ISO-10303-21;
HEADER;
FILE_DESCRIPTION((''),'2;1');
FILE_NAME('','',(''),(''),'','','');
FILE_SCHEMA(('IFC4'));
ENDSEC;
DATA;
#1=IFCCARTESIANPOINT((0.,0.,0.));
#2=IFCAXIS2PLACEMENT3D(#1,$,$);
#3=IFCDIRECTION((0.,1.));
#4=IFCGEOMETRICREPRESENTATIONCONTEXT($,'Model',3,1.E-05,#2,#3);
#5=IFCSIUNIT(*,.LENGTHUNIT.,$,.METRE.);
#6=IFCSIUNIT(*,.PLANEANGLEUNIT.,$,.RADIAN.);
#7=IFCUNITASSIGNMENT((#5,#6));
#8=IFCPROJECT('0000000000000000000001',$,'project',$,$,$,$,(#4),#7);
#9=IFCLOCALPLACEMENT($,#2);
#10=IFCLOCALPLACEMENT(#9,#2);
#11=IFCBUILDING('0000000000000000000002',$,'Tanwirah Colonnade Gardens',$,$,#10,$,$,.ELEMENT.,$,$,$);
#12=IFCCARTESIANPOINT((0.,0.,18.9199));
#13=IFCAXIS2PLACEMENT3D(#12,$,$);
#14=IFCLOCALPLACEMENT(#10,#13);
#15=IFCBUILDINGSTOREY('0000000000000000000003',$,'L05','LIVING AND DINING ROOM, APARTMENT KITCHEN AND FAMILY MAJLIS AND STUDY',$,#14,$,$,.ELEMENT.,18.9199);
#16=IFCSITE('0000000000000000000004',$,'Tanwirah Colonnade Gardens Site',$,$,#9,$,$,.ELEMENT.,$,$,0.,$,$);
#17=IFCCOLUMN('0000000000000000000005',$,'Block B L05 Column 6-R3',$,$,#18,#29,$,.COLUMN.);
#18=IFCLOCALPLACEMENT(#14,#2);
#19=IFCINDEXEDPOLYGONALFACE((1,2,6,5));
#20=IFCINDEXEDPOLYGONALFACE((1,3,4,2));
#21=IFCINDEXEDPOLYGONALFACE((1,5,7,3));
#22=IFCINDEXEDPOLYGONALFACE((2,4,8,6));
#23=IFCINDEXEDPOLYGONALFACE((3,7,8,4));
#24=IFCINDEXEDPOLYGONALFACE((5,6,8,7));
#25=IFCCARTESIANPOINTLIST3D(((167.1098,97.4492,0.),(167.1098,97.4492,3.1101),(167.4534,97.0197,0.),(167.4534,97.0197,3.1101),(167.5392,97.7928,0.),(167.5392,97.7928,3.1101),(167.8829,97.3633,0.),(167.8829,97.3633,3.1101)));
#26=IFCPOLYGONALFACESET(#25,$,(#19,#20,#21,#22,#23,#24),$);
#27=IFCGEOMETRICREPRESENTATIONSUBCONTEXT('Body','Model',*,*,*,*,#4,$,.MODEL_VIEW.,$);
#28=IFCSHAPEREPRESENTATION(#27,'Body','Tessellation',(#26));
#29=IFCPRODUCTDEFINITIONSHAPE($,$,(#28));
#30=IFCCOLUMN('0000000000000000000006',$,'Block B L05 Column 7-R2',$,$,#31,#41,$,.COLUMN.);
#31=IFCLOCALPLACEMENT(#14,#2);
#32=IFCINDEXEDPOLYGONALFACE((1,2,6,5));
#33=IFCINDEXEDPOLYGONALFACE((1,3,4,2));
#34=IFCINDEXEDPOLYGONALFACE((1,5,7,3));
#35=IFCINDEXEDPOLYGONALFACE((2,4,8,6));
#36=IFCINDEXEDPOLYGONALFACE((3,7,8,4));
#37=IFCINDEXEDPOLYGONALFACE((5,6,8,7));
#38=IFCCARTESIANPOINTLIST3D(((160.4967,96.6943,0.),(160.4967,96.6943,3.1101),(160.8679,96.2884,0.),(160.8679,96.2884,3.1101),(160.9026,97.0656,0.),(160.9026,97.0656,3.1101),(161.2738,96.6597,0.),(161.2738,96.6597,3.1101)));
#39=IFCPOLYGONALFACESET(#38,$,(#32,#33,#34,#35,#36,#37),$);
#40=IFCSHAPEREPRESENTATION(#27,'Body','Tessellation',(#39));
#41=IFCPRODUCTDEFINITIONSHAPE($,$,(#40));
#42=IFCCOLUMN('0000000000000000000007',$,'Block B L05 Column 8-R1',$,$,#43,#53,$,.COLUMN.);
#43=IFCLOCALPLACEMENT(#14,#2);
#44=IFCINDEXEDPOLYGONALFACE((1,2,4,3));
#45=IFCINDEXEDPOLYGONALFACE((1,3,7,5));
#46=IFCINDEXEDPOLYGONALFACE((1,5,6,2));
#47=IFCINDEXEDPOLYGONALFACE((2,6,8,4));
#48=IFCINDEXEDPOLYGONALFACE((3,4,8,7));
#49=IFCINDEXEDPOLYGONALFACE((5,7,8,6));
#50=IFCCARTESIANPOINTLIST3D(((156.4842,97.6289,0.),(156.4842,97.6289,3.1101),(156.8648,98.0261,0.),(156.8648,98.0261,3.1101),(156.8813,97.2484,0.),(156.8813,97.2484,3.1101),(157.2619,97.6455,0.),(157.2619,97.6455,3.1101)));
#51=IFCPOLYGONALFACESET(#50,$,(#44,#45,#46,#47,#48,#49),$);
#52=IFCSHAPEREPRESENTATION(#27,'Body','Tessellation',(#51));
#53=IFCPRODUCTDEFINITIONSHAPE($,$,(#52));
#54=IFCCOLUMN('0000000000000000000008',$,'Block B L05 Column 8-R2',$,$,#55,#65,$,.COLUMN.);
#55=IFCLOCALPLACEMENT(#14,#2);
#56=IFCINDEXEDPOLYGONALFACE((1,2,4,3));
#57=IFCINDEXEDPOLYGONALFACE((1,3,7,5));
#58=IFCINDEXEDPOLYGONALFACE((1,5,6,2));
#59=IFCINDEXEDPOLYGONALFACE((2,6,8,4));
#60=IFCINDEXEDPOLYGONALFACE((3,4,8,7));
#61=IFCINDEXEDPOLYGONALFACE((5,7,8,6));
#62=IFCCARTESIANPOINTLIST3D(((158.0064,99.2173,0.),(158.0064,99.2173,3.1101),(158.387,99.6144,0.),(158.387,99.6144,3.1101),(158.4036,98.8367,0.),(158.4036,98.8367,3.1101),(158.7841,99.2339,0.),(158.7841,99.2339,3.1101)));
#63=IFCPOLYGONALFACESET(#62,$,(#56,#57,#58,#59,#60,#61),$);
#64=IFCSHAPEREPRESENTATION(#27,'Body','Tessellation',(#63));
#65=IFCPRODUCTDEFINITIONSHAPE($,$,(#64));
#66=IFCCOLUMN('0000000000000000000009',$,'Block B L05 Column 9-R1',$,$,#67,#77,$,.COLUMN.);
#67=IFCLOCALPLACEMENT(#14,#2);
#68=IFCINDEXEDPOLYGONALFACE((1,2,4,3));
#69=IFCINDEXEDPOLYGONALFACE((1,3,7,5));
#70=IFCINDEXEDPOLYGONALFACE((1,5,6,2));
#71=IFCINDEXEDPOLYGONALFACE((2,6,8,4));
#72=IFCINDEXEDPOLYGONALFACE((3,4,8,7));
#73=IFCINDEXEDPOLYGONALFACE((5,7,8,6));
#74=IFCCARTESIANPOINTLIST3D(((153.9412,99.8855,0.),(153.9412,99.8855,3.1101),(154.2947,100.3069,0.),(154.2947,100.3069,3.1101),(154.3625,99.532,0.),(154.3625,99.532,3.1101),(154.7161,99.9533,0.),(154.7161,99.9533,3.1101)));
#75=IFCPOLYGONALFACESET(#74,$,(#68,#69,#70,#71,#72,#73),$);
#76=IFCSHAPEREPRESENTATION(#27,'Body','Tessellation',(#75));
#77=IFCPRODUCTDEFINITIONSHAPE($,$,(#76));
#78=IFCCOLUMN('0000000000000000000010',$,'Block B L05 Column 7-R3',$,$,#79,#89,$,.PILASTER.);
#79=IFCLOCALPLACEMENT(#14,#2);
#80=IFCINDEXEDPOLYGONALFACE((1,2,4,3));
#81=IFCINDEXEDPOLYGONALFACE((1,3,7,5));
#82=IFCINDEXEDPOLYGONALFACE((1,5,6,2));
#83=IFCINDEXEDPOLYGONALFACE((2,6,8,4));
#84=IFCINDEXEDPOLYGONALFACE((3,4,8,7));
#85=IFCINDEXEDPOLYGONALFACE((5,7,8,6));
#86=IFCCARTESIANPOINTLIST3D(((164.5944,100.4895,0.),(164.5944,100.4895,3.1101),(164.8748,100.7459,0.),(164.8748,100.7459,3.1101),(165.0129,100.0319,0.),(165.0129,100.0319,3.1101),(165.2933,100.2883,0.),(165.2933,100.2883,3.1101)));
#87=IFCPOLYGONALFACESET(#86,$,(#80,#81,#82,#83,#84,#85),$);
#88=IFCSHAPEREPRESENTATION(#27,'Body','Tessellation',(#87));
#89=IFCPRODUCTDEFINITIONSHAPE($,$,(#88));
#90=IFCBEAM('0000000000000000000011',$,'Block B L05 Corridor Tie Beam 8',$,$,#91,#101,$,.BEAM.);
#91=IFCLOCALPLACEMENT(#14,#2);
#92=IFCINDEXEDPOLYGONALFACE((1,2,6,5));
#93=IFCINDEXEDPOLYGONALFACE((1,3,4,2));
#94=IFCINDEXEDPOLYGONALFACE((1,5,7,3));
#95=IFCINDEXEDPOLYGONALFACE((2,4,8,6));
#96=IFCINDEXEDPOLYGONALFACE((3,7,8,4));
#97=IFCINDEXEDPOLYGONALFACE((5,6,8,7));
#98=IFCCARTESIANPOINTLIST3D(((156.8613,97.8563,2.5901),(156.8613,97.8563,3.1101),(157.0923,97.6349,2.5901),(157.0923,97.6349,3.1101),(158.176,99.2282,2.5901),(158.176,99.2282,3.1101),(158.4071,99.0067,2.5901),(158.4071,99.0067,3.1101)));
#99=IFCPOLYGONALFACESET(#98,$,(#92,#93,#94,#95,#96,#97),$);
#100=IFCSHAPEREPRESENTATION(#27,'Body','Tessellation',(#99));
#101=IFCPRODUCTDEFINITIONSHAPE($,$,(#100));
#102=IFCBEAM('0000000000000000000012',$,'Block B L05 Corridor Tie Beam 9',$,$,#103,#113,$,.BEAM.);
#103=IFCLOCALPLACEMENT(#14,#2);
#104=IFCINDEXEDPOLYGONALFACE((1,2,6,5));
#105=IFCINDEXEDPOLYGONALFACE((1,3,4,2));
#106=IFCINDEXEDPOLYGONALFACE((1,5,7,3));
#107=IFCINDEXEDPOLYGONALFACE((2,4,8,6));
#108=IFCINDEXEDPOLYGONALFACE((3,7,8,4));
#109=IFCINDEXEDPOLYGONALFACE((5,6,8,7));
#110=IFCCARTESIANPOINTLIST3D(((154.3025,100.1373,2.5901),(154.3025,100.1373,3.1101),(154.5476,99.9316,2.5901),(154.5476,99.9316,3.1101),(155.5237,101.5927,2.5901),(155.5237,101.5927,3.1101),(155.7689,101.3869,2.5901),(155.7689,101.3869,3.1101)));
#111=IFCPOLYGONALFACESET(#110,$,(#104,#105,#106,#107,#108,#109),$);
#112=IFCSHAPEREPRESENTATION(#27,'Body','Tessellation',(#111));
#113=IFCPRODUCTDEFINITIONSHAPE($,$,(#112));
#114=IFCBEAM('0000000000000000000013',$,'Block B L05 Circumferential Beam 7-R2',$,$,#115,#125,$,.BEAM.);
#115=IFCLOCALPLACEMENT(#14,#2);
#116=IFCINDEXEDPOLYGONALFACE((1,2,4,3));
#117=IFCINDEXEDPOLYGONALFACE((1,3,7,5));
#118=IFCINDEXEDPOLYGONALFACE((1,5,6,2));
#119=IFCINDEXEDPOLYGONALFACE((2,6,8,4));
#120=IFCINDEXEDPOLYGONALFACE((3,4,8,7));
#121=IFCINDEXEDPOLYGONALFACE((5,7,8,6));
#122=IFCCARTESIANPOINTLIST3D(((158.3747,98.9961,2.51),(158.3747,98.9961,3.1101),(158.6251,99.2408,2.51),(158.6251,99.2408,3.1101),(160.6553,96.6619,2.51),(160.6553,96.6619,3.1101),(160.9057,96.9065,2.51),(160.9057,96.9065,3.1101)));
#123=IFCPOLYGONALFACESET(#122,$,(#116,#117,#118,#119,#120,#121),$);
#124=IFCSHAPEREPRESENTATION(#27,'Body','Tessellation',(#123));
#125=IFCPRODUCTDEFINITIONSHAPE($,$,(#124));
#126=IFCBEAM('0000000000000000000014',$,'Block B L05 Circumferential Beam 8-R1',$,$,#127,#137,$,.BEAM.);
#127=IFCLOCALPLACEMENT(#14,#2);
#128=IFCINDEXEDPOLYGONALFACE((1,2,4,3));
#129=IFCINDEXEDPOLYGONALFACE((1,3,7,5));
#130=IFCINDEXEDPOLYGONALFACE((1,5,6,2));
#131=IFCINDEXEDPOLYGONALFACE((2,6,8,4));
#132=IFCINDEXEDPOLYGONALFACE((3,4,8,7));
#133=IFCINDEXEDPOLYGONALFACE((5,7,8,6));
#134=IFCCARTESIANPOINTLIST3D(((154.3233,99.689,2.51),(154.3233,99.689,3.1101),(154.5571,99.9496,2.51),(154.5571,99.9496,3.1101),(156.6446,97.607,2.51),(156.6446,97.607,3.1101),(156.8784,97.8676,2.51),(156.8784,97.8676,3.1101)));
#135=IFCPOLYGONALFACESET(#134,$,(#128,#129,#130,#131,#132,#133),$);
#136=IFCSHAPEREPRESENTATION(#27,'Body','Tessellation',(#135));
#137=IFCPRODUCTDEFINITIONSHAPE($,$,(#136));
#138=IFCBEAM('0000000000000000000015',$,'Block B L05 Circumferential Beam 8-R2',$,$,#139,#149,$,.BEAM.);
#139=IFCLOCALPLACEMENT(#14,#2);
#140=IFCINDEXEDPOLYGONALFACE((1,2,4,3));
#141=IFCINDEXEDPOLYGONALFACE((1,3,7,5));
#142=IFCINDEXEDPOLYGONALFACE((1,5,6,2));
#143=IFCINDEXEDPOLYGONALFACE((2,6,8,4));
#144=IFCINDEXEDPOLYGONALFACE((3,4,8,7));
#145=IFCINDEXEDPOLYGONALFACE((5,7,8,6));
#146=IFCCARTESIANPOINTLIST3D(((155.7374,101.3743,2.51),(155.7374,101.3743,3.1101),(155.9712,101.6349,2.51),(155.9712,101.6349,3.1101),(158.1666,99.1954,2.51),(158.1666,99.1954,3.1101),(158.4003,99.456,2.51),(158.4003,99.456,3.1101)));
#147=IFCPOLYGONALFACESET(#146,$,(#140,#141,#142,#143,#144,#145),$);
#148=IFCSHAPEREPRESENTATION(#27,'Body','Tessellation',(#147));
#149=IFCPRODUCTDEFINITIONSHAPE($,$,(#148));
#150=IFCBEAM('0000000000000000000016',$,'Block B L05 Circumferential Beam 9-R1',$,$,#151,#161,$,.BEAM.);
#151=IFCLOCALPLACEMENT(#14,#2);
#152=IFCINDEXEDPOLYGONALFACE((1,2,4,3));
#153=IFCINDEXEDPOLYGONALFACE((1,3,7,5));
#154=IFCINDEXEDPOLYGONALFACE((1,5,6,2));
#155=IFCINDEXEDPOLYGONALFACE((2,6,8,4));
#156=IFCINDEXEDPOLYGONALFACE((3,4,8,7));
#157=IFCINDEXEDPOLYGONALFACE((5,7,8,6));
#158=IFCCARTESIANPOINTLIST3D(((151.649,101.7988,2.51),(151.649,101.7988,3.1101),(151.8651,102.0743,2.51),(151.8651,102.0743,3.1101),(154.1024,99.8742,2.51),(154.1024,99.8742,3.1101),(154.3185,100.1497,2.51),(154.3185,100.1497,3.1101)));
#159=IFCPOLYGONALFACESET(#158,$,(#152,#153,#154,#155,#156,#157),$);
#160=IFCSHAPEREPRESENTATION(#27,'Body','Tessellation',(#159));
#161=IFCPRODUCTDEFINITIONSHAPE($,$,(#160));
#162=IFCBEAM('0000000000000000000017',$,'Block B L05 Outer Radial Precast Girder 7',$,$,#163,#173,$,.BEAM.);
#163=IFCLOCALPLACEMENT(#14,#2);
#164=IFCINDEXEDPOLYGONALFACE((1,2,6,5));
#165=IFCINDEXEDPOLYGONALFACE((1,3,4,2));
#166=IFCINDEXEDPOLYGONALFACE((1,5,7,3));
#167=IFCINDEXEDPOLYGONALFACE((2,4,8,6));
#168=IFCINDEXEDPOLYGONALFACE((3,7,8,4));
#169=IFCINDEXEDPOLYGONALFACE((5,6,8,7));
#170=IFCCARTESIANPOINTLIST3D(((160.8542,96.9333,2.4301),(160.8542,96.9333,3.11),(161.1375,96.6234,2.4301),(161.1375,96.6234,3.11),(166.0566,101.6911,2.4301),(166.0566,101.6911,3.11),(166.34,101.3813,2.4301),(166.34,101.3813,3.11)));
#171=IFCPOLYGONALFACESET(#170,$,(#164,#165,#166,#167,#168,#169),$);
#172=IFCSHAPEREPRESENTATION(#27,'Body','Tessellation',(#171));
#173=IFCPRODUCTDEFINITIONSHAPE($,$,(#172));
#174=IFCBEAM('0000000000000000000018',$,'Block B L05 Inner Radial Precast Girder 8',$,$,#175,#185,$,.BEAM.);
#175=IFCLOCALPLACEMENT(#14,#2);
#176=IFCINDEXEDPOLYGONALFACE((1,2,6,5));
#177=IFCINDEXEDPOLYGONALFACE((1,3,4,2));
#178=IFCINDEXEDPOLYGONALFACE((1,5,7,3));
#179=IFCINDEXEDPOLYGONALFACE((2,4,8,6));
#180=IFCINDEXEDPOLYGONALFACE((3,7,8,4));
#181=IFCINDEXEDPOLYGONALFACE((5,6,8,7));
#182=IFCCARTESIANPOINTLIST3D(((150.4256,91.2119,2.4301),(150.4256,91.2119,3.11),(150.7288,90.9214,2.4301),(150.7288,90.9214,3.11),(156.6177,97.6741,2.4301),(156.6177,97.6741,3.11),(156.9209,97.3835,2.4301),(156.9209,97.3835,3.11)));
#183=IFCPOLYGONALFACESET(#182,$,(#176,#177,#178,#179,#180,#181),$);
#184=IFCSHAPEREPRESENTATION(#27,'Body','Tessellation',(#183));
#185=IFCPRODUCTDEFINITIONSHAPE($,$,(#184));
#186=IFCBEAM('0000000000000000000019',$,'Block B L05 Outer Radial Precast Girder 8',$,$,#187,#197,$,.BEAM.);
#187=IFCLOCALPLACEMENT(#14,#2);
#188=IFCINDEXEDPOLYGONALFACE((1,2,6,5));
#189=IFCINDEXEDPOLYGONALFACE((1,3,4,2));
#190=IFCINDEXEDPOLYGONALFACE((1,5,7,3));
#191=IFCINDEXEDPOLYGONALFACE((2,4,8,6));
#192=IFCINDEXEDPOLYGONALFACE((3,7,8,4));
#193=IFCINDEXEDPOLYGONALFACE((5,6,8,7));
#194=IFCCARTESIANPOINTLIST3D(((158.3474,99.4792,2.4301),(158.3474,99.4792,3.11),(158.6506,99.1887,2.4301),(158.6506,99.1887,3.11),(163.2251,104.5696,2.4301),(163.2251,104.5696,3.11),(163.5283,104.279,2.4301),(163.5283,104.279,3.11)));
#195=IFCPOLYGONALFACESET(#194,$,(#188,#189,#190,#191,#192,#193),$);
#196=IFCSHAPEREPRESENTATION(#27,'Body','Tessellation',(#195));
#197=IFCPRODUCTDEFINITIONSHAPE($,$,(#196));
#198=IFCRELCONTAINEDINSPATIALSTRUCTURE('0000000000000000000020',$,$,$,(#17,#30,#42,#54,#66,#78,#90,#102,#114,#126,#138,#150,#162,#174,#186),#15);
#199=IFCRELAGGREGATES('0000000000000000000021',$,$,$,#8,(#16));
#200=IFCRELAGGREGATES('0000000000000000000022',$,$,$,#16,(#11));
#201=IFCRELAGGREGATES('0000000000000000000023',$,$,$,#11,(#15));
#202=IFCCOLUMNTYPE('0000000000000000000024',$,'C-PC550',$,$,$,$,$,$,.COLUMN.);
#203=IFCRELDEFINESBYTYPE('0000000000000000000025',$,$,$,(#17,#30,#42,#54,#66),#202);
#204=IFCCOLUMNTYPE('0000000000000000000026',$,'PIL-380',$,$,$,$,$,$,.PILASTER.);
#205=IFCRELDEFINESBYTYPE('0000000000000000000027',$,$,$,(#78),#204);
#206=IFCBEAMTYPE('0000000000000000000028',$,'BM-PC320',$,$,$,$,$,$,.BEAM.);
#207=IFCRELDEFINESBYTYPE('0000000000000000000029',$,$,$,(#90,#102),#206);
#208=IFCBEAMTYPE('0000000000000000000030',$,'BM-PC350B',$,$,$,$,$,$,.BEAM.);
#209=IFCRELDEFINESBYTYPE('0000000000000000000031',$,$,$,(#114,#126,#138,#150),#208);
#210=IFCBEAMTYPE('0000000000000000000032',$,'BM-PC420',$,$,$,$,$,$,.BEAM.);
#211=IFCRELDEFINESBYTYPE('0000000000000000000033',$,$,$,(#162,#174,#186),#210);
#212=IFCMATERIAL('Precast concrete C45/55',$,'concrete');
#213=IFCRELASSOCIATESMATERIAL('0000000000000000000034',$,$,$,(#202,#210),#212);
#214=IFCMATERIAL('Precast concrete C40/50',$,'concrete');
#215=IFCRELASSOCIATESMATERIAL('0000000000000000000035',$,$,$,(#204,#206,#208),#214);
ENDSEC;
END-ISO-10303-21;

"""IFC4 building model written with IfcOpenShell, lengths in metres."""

from ifc_helpers import new_model, si_unit, direction, frame, origin, origin_2d, place, context, subcontext, project, spatial, rectangle, extrude, material, material_profile, profile_set, type_object, element, save


model = new_model("IFC4")

# Units and contexts
model_context = context("Model", 3, precision=1e-05, world=origin(), true_north=direction((0.0, 1.0)))
body_context = subcontext(model_context, "Body", "Model", "MODEL_VIEW")
ifc_project = project(units=[si_unit("LENGTHUNIT", "METRE"), si_unit("PLANEANGLEUNIT", "RADIAN")], contexts=[model_context])

# Site, building, storey
site_placement = place(None, origin())
site = spatial("IfcSite", under=ifc_project, at=site_placement, Name="Tanwirah Colonnade Gardens Site", CompositionType="ELEMENT", RefElevation=0.0)
building_placement = place(site_placement, origin())
building = spatial("IfcBuilding", under=site, at=building_placement, Name="Tanwirah Colonnade Gardens", CompositionType="ELEMENT")
storey_placement = place(building_placement, frame((0.0, 0.0, 18.9199)))
storey = spatial("IfcBuildingStorey", under=building, at=storey_placement, Name="L05", Description="LIVING AND DINING ROOM, APARTMENT KITCHEN AND FAMILY MAJLIS AND STUDY", CompositionType="ELEMENT", Elevation=18.9199)

# Columns
ifc_material_1 = material(Name="Precast concrete C45/55", Category="concrete")
ifc_material_profile_1 = material_profile(ifc_material_1, rectangle(XDim=0.55, YDim=0.55, at=origin_2d()), Name="PC-COL 550x550")
ifc_profile_set_1 = profile_set([ifc_material_profile_1], Name="Precast concrete C45/55")
column_type_1 = type_object("IfcColumnType", Name="C-PC550", PredefinedType="COLUMN", material=ifc_profile_set_1)
for number, where, z_axis, x_axis, name in (
    (1, (167.4963, 97.4062, 0.0), (0.0, 0.0, 1.0), (0.780794, 0.624789, 0.0), "Block B L05 Column 6-R3"),
    (2, (160.8853, 96.677, 0.0), (0.0, 0.0, 1.0), (0.737932, 0.674875, 0.0), "Block B L05 Column 7-R2"),
    (3, (156.873, 97.6372, 0.0), (0.0, 0.0, 1.0), (0.691863, 0.722029, 0.0), "Block B L05 Column 8-R1"),
    (4, (158.3953, 99.2256, 0.0), (0.0, 0.0, 1.0), (0.691863, 0.722029, 0.0), "Block B L05 Column 8-R2"),
    (5, (154.3286, 99.9194, 0.0), (0.0, 0.0, 1.0), (0.642788, 0.766044, 0.0), "Block B L05 Column 9-R1"),
):
    element("IfcColumn", number, at=place(storey_placement, frame(where, z_axis=z_axis, x_axis=x_axis)), inside=storey, type_object=column_type_1, Name=name, PredefinedType="COLUMN", context=body_context, shape_type="SweptSolid", body=[
        extrude(rectangle(XDim=0.55, YDim=0.55, at=origin_2d()), origin(), (0.0, 0.0, 1.0), 3.1101),
    ])
ifc_material_2 = material(Name="Precast concrete C40/50", Category="concrete")
ifc_material_profile_2 = material_profile(ifc_material_2, rectangle(XDim=0.3799, YDim=0.6201, at=origin_2d()), Name="PC-PIL 380x620")
ifc_profile_set_2 = profile_set([ifc_material_profile_2], Name="Precast concrete C40/50")
column_type_2 = type_object("IfcColumnType", Name="PIL-380", PredefinedType="PILASTER", material=ifc_profile_set_2)
column_placement = place(storey_placement, frame((164.9438, 100.3889, 0.0), z_axis=(0.0, 0.0, 1.0), x_axis=(0.737932, 0.674875, 0.0)))
element("IfcColumn", 6, at=column_placement, inside=storey, type_object=column_type_2, Name="Block B L05 Column 7-R3", PredefinedType="PILASTER", context=body_context, shape_type="SweptSolid", body=[
    extrude(rectangle(XDim=0.3799, YDim=0.6201, at=origin_2d()), origin(), (0.0, 0.0, 1.0), 3.1101),
])

# Beams
ifc_material_profile_3 = material_profile(ifc_material_2, rectangle(XDim=0.3201, YDim=0.52, at=origin_2d()), Name="PC-BM 320x520")
ifc_profile_set_3 = profile_set([ifc_material_profile_3], Name="Precast concrete C40/50")
beam_type_1 = type_object("IfcBeamType", Name="BM-PC320", PredefinedType="BEAM", material=ifc_profile_set_3)
beam_1_placement = place(storey_placement, frame((156.9768, 97.7456, 2.8501), z_axis=(0.691914, 0.72198, 0.0), x_axis=(-0.72198, 0.691914, 0.0)))
element("IfcBeam", 7, at=beam_1_placement, inside=storey, type_object=beam_type_1, Name="Block B L05 Corridor Tie Beam 8", PredefinedType="BEAM", context=body_context, shape_type="SweptSolid", body=[
    extrude(rectangle(XDim=0.3201, YDim=0.52, at=origin_2d()), origin(), (0.0, 0.0, 1.0), 1.9001),
])
beam_2_placement = place(storey_placement, frame((154.425, 100.0344, 2.8501), z_axis=(0.642797, 0.766036, 0.0), x_axis=(-0.766036, 0.642797, 0.0)))
element("IfcBeam", 8, at=beam_2_placement, inside=storey, type_object=beam_type_1, Name="Block B L05 Corridor Tie Beam 9", PredefinedType="BEAM", context=body_context, shape_type="SweptSolid", body=[
    extrude(rectangle(XDim=0.3201, YDim=0.52, at=origin_2d()), origin(), (0.0, 0.0, 1.0), 1.8999),
])
ifc_material_profile_4 = material_profile(ifc_material_2, rectangle(XDim=0.3501, YDim=0.6001, at=origin_2d()), Name="PC-BM 350x600")
ifc_profile_set_4 = profile_set([ifc_material_profile_4], Name="Precast concrete C40/50")
beam_type_2 = type_object("IfcBeamType", Name="BM-PC350B", PredefinedType="BEAM", material=ifc_profile_set_4)
beam_3_placement = place(storey_placement, frame((160.7805, 96.7842, 2.8101), z_axis=(-0.698829, 0.715288, 0.0), x_axis=(-0.715288, -0.698829, 0.0)))
element("IfcBeam", 9, at=beam_3_placement, inside=storey, type_object=beam_type_2, Name="Block B L05 Circumferential Beam 7-R2", PredefinedType="BEAM", context=body_context, shape_type="SweptSolid", body=[
    extrude(rectangle(XDim=0.3501, YDim=0.6001, at=origin_2d()), origin(), (0.0, 0.0, 1.0), 3.2634),
])
beam_4_placement = place(storey_placement, frame((156.7615, 97.7373, 2.8101), z_axis=(-0.74443, 0.667701, 0.0), x_axis=(-0.667701, -0.74443, 0.0)))
element("IfcBeam", 10, at=beam_4_placement, inside=storey, type_object=beam_type_2, Name="Block B L05 Circumferential Beam 8-R1", PredefinedType="BEAM", context=body_context, shape_type="SweptSolid", body=[
    extrude(rectangle(XDim=0.3501, YDim=0.6001, at=origin_2d()), origin(), (0.0, 0.0, 1.0), 3.1182),
])
beam_5_placement = place(storey_placement, frame((158.2834, 99.3257, 2.8101), z_axis=(-0.744409, 0.667724, 0.0), x_axis=(-0.667724, -0.744409, 0.0)))
element("IfcBeam", 11, at=beam_5_placement, inside=storey, type_object=beam_type_2, Name="Block B L05 Circumferential Beam 8-R2", PredefinedType="BEAM", context=body_context, shape_type="SweptSolid", body=[
    extrude(rectangle(XDim=0.3501, YDim=0.6001, at=origin_2d()), origin(), (0.0, 0.0, 1.0), 3.2632),
])
beam_6_placement = place(storey_placement, frame((154.2104, 100.012, 2.8101), z_axis=(-0.786799, 0.617209, 0.0), x_axis=(-0.617209, -0.786799, 0.0)))
element("IfcBeam", 12, at=beam_6_placement, inside=storey, type_object=beam_type_2, Name="Block B L05 Circumferential Beam 9-R1", PredefinedType="BEAM", context=body_context, shape_type="SweptSolid", body=[
    extrude(rectangle(XDim=0.3501, YDim=0.6001, at=origin_2d()), origin(), (0.0, 0.0, 1.0), 3.1182),
])
ifc_material_profile_5 = material_profile(ifc_material_1, rectangle(XDim=0.4199, YDim=0.6799, at=origin_2d()), Name="PC-BM 420x680")
ifc_profile_set_5 = profile_set([ifc_material_profile_5], Name="Precast concrete C45/55")
beam_type_3 = type_object("IfcBeamType", Name="BM-PC420", PredefinedType="BEAM", material=ifc_profile_set_5)
beam_7_placement = place(storey_placement, frame((160.9958, 96.7783, 2.77), z_axis=(0.737934, 0.674873, 0.0), x_axis=(-0.674873, 0.737934, 0.0)))
element("IfcBeam", 13, at=beam_7_placement, inside=storey, type_object=beam_type_3, Name="Block B L05 Outer Radial Precast Girder 7", PredefinedType="BEAM", context=body_context, shape_type="SweptSolid", body=[
    extrude(rectangle(XDim=0.4199, YDim=0.6799, at=origin_2d()), origin(), (0.0, 0.0, 1.0), 7.05),
])
beam_8_placement = place(storey_placement, frame((156.7693, 97.5288, 2.77), z_axis=(-0.691861, -0.722031, 0.0), x_axis=(0.722031, -0.691861, 0.0)))
element("IfcBeam", 14, at=beam_8_placement, inside=storey, type_object=beam_type_3, Name="Block B L05 Inner Radial Precast Girder 8", PredefinedType="BEAM", context=body_context, shape_type="SweptSolid", body=[
    extrude(rectangle(XDim=0.4199, YDim=0.6799, at=origin_2d()), origin(), (0.0, 0.0, 1.0), 8.95),
])
beam_9_placement = place(storey_placement, frame((158.499, 99.334, 2.77), z_axis=(0.691865, 0.722027, 0.0), x_axis=(-0.722027, 0.691865, 0.0)))
element("IfcBeam", 15, at=beam_9_placement, inside=storey, type_object=beam_type_3, Name="Block B L05 Outer Radial Precast Girder 8", PredefinedType="BEAM", context=body_context, shape_type="SweptSolid", body=[
    extrude(rectangle(XDim=0.4199, YDim=0.6799, at=origin_2d()), origin(), (0.0, 0.0, 1.0), 7.05),
])

save(model, "model.ifc")
